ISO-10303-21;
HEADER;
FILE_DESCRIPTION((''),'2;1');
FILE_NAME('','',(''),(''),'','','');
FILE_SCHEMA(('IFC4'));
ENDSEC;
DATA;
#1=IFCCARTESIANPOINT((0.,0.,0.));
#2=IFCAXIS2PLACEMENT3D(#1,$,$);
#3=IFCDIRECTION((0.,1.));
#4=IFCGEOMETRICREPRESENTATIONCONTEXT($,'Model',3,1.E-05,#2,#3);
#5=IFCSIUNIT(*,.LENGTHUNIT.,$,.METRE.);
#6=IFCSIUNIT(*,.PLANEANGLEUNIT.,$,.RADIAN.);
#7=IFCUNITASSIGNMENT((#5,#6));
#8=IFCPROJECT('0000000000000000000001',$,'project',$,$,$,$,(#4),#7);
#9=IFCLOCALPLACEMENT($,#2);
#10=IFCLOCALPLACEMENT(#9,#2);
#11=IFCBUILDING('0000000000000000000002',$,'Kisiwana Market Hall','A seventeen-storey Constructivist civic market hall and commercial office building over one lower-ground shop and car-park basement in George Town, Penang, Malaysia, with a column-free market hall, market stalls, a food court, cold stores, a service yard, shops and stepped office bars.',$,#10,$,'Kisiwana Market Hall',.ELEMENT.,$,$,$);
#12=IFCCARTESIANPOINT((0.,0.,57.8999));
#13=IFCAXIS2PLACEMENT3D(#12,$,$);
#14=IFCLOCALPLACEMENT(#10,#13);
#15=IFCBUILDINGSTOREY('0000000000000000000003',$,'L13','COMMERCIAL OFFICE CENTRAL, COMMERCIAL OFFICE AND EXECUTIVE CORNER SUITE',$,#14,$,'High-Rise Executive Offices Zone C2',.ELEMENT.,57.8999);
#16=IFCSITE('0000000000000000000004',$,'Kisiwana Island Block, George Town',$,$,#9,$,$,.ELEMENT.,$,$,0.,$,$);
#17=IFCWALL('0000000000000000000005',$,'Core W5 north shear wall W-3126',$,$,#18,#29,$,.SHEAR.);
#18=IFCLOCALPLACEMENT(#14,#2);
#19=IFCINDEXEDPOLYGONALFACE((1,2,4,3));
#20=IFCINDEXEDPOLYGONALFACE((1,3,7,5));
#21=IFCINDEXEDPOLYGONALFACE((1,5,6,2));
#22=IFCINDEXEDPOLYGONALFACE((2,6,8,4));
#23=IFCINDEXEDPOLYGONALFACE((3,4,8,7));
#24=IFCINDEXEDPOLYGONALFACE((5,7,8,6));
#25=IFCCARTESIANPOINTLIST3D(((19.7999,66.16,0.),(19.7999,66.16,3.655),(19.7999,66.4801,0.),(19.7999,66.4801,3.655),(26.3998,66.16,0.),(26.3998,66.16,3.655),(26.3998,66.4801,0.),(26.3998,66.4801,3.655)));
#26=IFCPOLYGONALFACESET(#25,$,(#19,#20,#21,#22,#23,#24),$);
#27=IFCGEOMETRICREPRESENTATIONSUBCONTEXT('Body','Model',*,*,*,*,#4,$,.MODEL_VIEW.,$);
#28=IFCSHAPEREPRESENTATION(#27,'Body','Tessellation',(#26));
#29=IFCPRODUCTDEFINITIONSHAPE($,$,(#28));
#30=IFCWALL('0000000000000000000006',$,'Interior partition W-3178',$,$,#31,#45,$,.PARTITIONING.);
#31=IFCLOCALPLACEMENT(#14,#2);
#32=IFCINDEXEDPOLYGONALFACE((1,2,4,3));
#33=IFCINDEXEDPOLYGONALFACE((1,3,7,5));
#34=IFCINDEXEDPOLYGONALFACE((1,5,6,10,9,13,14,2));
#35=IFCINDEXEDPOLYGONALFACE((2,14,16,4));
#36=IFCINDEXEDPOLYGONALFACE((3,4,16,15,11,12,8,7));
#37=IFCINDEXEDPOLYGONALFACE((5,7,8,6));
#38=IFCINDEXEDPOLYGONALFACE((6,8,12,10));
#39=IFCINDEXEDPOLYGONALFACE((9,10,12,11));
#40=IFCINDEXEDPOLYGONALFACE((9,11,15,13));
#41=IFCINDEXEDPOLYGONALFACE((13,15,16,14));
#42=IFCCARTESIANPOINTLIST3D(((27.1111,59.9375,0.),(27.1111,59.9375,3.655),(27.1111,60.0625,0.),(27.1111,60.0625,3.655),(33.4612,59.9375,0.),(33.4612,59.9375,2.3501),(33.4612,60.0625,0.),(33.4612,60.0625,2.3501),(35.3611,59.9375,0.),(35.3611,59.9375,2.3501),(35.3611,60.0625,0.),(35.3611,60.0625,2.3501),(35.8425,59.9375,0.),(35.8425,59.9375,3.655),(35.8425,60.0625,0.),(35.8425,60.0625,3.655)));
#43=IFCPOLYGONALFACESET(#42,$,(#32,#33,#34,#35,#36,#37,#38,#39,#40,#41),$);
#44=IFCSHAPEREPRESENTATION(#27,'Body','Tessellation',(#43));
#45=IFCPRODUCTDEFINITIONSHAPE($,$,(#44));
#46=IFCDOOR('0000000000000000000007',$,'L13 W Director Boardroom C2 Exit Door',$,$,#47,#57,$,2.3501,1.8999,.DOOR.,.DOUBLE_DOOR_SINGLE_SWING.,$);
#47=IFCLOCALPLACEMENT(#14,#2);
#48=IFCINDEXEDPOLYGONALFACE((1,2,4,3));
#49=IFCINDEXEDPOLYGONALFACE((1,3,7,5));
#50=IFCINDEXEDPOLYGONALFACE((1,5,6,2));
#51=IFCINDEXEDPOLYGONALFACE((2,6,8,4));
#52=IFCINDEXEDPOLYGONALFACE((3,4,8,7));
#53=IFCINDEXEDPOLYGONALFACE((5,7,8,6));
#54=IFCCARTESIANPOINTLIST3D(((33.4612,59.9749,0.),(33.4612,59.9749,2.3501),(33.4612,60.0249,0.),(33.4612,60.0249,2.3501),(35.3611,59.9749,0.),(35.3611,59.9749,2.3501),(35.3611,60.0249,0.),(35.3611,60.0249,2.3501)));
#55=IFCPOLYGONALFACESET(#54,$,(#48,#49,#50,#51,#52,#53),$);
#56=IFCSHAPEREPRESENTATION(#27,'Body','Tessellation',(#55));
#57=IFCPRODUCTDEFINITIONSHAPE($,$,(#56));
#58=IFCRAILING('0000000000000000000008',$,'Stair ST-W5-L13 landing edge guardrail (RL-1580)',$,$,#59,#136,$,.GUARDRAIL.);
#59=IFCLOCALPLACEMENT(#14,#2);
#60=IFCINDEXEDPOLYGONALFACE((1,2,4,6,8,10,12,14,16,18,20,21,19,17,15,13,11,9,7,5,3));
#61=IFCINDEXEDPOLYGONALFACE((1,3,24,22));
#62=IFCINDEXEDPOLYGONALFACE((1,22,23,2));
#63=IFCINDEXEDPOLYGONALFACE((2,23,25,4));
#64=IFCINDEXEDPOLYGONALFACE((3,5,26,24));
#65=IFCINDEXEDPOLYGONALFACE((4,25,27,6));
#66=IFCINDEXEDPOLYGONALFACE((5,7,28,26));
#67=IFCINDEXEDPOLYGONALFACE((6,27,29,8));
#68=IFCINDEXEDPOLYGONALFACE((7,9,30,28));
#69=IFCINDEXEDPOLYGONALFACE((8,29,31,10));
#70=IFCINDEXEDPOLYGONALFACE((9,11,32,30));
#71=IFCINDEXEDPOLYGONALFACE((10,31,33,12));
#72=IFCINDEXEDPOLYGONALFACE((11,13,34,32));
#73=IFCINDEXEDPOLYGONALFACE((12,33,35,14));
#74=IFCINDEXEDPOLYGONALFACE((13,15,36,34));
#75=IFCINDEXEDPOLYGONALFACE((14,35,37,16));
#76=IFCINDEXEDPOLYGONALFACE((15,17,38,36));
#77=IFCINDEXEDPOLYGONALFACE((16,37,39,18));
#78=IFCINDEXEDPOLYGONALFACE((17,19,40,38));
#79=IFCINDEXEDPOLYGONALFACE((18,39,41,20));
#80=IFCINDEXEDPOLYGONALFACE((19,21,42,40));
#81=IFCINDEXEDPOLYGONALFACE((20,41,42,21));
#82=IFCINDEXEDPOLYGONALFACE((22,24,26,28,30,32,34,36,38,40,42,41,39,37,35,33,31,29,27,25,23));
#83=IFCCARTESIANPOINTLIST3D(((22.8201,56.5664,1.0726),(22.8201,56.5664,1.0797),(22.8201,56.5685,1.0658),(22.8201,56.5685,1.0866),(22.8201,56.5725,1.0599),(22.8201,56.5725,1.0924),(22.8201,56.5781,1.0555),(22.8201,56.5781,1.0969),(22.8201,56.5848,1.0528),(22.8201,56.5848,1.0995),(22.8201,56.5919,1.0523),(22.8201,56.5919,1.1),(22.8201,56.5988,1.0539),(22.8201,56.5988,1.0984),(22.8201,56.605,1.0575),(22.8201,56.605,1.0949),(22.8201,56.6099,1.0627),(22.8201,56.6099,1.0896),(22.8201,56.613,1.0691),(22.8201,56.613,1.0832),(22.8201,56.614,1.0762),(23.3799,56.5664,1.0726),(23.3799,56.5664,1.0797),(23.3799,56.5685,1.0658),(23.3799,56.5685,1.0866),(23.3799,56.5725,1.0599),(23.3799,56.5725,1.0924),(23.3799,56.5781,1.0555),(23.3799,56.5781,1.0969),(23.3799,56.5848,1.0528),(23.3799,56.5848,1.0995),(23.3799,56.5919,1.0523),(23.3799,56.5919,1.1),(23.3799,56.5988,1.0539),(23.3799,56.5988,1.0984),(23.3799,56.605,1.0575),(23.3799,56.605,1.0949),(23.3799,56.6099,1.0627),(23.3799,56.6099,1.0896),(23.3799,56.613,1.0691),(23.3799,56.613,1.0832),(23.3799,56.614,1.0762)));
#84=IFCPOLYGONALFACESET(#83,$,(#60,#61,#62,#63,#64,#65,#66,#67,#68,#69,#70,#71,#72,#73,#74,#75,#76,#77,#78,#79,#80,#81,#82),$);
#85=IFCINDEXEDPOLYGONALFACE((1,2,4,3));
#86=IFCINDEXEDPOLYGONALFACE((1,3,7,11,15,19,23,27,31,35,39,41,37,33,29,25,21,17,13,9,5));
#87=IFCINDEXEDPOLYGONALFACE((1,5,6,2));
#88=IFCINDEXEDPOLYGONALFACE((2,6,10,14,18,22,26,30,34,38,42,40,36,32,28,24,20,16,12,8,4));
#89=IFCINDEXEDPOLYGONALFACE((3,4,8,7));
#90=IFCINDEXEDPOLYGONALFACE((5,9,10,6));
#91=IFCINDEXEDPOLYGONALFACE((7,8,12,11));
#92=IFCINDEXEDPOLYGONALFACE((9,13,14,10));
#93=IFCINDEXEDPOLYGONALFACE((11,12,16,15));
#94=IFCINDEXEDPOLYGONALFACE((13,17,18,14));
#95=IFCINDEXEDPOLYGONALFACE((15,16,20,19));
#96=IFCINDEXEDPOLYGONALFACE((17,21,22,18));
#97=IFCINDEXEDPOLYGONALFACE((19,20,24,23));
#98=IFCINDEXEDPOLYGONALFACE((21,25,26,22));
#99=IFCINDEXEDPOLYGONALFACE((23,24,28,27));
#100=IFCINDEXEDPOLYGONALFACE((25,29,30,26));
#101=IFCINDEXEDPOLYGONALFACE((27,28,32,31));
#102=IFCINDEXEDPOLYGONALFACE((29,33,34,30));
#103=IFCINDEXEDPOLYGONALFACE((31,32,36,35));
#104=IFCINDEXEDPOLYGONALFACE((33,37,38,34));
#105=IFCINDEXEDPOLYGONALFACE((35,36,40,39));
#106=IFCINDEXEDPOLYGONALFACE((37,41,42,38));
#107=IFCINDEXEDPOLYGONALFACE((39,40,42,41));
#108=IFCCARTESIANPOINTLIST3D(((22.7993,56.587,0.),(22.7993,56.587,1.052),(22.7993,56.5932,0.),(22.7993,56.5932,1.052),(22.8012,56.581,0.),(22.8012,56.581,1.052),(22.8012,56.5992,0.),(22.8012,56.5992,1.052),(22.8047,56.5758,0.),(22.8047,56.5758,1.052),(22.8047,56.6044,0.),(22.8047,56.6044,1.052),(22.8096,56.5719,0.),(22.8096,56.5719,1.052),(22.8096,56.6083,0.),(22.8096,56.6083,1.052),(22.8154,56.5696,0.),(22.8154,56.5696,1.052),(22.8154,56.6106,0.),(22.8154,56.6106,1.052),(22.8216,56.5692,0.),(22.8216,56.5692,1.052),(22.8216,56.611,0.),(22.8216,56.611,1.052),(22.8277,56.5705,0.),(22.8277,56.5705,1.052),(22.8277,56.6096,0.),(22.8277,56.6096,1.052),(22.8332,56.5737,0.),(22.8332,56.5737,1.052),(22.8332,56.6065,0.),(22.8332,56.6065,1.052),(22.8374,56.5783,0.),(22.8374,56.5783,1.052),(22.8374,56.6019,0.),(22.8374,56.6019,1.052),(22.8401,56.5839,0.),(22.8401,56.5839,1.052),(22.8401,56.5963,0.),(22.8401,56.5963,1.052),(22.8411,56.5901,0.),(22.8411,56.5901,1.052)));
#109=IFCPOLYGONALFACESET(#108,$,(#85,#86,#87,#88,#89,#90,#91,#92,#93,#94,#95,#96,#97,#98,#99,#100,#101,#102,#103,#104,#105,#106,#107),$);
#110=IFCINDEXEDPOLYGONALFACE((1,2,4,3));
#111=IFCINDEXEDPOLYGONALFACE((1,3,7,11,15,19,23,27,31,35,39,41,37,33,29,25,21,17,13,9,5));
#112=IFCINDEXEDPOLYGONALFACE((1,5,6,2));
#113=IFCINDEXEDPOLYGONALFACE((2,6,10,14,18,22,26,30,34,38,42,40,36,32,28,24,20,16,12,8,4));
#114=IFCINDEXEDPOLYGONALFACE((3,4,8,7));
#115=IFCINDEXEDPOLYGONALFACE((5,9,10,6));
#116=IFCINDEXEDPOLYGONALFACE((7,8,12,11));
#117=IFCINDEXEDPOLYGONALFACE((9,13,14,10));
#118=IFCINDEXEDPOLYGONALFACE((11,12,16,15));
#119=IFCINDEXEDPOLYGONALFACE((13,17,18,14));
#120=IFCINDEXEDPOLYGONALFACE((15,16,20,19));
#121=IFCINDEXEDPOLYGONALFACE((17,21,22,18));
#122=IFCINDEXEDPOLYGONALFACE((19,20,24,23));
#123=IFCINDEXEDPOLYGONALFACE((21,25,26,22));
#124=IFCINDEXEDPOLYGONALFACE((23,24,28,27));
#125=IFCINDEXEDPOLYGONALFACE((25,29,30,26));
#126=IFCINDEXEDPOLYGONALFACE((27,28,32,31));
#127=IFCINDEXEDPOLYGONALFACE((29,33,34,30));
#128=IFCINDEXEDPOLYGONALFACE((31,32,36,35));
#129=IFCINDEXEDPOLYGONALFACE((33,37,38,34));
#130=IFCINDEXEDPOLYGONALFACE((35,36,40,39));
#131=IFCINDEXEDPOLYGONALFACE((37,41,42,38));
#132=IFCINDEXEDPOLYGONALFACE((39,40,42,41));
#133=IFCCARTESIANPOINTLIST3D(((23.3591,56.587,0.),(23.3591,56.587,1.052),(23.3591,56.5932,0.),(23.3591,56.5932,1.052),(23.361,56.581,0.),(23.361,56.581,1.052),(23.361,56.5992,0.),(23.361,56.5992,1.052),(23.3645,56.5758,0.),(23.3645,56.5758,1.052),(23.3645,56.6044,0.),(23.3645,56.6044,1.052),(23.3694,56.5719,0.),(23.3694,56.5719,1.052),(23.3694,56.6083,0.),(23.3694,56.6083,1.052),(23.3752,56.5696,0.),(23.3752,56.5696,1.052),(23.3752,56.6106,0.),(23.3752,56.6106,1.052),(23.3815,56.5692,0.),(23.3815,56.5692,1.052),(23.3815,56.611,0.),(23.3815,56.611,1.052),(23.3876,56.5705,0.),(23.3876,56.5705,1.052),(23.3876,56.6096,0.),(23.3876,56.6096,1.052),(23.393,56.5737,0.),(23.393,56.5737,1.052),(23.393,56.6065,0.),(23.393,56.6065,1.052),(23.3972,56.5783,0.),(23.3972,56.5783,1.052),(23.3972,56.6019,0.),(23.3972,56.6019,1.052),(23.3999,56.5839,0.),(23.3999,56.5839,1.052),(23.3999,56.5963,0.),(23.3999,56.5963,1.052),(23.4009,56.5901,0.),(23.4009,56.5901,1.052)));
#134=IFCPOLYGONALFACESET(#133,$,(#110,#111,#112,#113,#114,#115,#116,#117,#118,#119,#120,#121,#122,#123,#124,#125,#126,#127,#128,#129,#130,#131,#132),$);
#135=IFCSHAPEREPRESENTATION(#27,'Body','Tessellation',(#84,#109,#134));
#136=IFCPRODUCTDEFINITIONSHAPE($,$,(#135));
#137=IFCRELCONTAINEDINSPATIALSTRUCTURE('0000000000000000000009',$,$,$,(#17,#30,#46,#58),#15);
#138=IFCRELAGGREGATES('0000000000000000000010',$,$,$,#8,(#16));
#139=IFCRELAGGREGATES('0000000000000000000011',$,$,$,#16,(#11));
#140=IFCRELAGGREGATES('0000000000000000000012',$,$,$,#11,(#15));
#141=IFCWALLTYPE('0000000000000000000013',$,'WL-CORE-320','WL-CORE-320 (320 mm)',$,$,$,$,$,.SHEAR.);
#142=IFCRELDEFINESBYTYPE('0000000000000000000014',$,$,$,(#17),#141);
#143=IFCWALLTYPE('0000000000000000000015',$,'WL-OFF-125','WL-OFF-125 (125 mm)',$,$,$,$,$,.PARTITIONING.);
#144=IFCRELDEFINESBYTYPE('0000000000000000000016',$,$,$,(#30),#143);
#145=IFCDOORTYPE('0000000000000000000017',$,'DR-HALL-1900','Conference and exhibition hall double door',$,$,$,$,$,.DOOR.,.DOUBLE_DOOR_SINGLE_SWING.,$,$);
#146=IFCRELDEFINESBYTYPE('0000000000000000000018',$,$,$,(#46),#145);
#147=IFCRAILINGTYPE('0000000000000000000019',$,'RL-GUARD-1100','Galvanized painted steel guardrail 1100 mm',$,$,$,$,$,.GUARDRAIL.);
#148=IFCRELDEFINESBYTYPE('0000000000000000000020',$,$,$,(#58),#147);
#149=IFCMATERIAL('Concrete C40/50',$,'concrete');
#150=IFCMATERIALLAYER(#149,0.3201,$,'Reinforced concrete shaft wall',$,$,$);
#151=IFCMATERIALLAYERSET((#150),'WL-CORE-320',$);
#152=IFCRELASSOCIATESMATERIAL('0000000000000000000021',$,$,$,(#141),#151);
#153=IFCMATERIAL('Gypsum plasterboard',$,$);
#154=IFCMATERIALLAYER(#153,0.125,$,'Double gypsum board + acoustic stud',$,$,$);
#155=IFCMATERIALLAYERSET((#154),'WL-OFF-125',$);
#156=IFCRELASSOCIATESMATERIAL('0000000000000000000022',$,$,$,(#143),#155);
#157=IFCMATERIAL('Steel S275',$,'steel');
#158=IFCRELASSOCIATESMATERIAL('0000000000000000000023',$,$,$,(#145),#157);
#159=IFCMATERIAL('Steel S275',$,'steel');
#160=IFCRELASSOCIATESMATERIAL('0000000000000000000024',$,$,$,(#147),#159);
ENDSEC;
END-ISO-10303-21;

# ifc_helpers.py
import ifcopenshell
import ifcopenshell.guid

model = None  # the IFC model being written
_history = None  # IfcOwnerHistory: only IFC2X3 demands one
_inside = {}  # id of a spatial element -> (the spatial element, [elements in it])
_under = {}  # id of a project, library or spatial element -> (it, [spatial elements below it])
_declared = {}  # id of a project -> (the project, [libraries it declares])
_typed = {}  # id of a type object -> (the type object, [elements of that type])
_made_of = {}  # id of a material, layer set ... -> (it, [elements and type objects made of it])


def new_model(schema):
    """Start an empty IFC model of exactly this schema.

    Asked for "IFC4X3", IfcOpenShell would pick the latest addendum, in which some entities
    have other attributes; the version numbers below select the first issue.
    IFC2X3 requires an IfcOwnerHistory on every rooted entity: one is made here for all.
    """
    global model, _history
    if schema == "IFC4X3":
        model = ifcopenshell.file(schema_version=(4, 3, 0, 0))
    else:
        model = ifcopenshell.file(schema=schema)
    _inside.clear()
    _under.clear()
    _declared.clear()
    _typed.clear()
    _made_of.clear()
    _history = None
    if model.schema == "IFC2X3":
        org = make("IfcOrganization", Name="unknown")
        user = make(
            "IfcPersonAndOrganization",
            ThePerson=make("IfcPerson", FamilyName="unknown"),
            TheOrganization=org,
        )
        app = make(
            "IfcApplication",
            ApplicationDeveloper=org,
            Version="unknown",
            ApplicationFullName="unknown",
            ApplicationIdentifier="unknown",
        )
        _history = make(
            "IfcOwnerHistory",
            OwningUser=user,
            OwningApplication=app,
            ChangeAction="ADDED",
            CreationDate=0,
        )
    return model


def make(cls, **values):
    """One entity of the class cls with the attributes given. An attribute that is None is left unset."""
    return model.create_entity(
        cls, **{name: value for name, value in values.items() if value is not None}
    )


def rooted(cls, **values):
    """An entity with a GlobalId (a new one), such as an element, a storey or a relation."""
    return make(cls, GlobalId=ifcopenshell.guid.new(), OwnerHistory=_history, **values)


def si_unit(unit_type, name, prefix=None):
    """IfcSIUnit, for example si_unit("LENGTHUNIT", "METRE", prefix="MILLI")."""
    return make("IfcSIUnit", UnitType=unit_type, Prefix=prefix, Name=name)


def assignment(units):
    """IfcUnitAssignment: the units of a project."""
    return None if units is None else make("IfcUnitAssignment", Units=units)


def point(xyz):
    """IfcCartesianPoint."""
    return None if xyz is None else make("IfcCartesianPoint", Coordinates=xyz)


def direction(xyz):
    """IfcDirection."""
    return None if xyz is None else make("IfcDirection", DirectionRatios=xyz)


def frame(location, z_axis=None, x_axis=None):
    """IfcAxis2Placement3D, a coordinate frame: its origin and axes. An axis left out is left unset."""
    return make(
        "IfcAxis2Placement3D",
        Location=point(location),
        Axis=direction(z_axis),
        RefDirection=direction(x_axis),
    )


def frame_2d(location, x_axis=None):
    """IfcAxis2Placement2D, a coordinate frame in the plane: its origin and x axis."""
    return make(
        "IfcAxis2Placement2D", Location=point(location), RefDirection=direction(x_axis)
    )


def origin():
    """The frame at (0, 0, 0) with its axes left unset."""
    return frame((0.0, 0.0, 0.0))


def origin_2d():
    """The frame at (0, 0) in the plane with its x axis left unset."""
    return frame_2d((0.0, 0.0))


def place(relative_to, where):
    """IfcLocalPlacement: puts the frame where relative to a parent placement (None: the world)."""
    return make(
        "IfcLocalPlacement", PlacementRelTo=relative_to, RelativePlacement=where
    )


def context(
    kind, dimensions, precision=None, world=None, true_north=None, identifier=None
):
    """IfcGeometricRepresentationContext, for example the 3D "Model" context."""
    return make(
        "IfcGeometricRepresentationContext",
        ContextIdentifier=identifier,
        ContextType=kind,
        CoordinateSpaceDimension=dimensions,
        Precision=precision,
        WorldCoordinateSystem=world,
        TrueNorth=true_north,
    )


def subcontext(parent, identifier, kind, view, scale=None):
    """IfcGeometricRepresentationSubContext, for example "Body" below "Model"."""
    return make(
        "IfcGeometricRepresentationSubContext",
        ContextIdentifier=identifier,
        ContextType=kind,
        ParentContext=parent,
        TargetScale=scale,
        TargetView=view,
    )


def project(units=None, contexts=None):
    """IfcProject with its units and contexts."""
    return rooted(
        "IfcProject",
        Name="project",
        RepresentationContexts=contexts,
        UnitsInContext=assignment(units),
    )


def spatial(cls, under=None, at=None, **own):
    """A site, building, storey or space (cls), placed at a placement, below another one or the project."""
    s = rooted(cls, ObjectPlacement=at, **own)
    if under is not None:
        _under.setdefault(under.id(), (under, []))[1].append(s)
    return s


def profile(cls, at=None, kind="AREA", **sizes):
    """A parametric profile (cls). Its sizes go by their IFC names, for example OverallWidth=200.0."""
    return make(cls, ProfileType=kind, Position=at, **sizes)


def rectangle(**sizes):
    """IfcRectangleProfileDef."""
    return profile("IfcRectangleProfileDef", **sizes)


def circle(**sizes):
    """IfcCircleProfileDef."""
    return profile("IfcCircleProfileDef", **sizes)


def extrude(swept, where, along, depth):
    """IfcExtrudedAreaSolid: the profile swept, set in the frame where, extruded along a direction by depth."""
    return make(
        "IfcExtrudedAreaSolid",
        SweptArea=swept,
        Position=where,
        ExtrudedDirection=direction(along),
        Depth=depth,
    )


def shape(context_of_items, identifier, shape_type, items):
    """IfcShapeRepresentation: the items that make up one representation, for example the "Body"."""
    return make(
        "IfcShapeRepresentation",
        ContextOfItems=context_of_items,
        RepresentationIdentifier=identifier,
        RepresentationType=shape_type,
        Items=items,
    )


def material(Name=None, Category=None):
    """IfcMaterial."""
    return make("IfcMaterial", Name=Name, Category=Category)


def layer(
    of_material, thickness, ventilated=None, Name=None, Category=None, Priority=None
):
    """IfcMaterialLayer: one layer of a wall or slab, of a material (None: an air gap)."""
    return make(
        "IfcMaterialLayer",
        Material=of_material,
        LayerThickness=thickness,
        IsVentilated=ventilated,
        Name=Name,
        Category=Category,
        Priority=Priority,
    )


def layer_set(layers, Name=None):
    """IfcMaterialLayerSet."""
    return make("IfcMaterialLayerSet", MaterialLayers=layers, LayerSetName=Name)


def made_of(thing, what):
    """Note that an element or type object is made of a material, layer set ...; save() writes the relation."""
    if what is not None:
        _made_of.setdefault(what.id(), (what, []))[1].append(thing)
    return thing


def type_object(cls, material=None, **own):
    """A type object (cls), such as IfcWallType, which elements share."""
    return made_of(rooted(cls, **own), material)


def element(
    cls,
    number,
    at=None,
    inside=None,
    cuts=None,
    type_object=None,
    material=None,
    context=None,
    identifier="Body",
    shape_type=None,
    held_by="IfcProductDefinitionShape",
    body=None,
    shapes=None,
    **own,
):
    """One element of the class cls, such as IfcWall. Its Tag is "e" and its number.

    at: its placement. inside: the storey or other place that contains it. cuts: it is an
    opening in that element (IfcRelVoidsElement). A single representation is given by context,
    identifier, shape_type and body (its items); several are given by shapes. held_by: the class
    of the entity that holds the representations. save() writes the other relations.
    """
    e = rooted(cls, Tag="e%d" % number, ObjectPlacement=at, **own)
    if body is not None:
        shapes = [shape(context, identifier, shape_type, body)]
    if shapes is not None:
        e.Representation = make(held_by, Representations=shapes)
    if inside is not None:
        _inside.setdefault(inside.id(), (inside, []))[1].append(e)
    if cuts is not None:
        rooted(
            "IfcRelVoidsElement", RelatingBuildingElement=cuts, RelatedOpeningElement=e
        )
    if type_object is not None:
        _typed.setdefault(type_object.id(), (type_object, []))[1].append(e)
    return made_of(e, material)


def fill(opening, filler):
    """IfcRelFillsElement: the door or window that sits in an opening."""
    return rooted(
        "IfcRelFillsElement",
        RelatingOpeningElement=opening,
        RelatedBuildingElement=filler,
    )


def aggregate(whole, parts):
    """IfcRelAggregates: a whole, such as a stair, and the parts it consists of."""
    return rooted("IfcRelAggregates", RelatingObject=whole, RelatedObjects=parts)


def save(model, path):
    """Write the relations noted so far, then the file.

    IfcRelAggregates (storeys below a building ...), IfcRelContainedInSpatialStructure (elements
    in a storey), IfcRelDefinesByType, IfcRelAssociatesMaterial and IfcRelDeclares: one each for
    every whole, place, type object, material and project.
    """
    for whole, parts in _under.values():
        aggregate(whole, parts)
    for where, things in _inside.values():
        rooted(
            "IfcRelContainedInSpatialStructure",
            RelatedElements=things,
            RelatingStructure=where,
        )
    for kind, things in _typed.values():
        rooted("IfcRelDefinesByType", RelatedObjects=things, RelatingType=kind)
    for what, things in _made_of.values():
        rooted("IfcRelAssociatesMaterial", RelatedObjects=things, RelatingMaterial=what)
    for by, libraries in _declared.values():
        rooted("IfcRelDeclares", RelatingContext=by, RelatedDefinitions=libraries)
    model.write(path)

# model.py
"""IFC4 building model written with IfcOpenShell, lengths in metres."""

from ifc_helpers import new_model, si_unit, direction, frame, frame_2d, origin, origin_2d, place, context, subcontext, project, spatial, rectangle, circle, extrude, material, layer, layer_set, type_object, element, fill, save


model = new_model("IFC4")

# Units and contexts
model_context = context("Model", 3, precision=1e-05, world=origin(), true_north=direction((0.0, 1.0)))
body_context = subcontext(model_context, "Body", "Model", "MODEL_VIEW")
ifc_project = project(units=[si_unit("LENGTHUNIT", "METRE"), si_unit("PLANEANGLEUNIT", "RADIAN")], contexts=[model_context])

# Site, building, storey
site_placement = place(None, origin())
site = spatial("IfcSite", under=ifc_project, at=site_placement, Name="Kisiwana Island Block, George Town", CompositionType="ELEMENT", RefElevation=0.0)
building_placement = place(site_placement, origin())
building = spatial("IfcBuilding", under=site, at=building_placement, Name="Kisiwana Market Hall", Description="A seventeen-storey Constructivist civic market hall and commercial office building over one lower-ground shop and car-park basement in George Town, Penang, Malaysia, with a column-free market hall, market stalls, a food court, cold stores, a service yard, shops and stepped office bars.", LongName="Kisiwana Market Hall", CompositionType="ELEMENT")
storey_placement = place(building_placement, frame((0.0, 0.0, 57.8999)))
storey = spatial("IfcBuildingStorey", under=building, at=storey_placement, Name="L13", Description="COMMERCIAL OFFICE CENTRAL, COMMERCIAL OFFICE AND EXECUTIVE CORNER SUITE", LongName="High-Rise Executive Offices Zone C2", CompositionType="ELEMENT", Elevation=57.8999)

# Shared definitions
ifc_material_1 = material(Name="Concrete C40/50", Category="concrete")
ifc_layer_1 = layer(ifc_material_1, 0.3201, Name="Reinforced concrete shaft wall")
ifc_layer_set_1 = layer_set([ifc_layer_1], Name="WL-CORE-320")
wall_type_1 = type_object("IfcWallType", Name="WL-CORE-320", Description="WL-CORE-320 (320 mm)", PredefinedType="SHEAR", material=ifc_layer_set_1)

# Wall
wall_1_placement = place(storey_placement, frame((19.8, 66.3201, 0.0), z_axis=(0.0, 0.0, 1.0), x_axis=(1.0, 0.0, 0.0)))
element("IfcWall", 1, at=wall_1_placement, inside=storey, type_object=wall_type_1, Name="Core W5 north shear wall W-3126", PredefinedType="SHEAR", context=body_context, shape_type="SweptSolid", body=[
    extrude(rectangle(XDim=6.5999, YDim=0.3201, at=frame_2d((3.2998, 0.0))), origin(), (0.0, 0.0, 1.0), 3.655),
])

# Wall, opening, door
ifc_material_2 = material(Name="Gypsum plasterboard")
ifc_layer_2 = layer(ifc_material_2, 0.125, Name="Double gypsum board + acoustic stud")
ifc_layer_set_2 = layer_set([ifc_layer_2], Name="WL-OFF-125")
wall_type_2 = type_object("IfcWallType", Name="WL-OFF-125", Description="WL-OFF-125 (125 mm)", PredefinedType="PARTITIONING", material=ifc_layer_set_2)
wall_2_placement = place(storey_placement, frame((27.1111, 60.0, 0.0), z_axis=(0.0, 0.0, 1.0), x_axis=(1.0, 0.0, 0.0)))
wall_2 = element("IfcWall", 2, at=wall_2_placement, inside=storey, type_object=wall_type_2, Name="Interior partition W-3178", PredefinedType="PARTITIONING", context=body_context, shape_type="SweptSolid", body=[
    extrude(rectangle(XDim=8.7314, YDim=0.125, at=frame_2d((4.3657, 0.0))), origin(), (0.0, 0.0, 1.0), 3.655),
])
opening_1_placement = place(wall_2_placement, frame((6.3501, 0.0, 0.0)))
opening_1 = element("IfcOpeningElement", 3, at=opening_1_placement, cuts=wall_2, PredefinedType="OPENING", context=body_context, shape_type="SweptSolid", body=[
    extrude(rectangle(XDim=1.8999, YDim=2.3501, at=frame_2d((0.95, 1.175))), frame((0.0, 0.0745, 0.0), z_axis=(0.0, -1.0, 0.0), x_axis=(1.0, 0.0, 0.0)), (0.0, 0.0, 1.0), 0.1489),
])
ifc_material_3 = material(Name="Steel S275", Category="steel")
door_type_1 = type_object("IfcDoorType", Name="DR-HALL-1900", Description="Conference and exhibition hall double door", OperationType="DOUBLE_DOOR_SINGLE_SWING", PredefinedType="DOOR", material=ifc_material_3)
door_1_placement = place(opening_1_placement, origin())
door_1 = element("IfcDoor", 4, at=door_1_placement, inside=storey, type_object=door_type_1, Name="L13 W Director Boardroom C2 Exit Door", OperationType="DOUBLE_DOOR_SINGLE_SWING", OverallHeight=2.3501, OverallWidth=1.8999, PredefinedType="DOOR", context=body_context, shape_type="SweptSolid", body=[
    extrude(rectangle(XDim=1.8999, YDim=2.3501, at=frame_2d((0.95, 1.175))), frame((0.0, 0.0249, 0.0), z_axis=(0.0, -1.0, 0.0), x_axis=(1.0, 0.0, 0.0)), (0.0, 0.0, 1.0), 0.05),
])
fill(opening_1, door_1)

# Railing
ifc_material_4 = material(Name="Steel S275", Category="steel")
railing_type_1 = type_object("IfcRailingType", Name="RL-GUARD-1100", Description="Galvanized painted steel guardrail 1100 mm", PredefinedType="GUARDRAIL", material=ifc_material_4)
railing_1_placement = place(storey_placement, frame((22.8201, 56.5901, 0.0)))
element("IfcRailing", 5, at=railing_1_placement, inside=storey, type_object=railing_type_1, Name="Stair ST-W5-L13 landing edge guardrail (RL-1580)", PredefinedType="GUARDRAIL", context=body_context, shape_type="SweptSolid", body=[
    extrude(circle(Radius=0.0239, at=origin_2d()), frame((0.0, 0.0, 1.0762), z_axis=(1.0, 0.0, 0.0), x_axis=(0.0, 1.0, 0.0)), (0.0, 0.0, 1.0), 0.5598),
    extrude(circle(Radius=0.021, at=origin_2d()), origin(), (0.0, 0.0, 1.0), 1.052),
    extrude(circle(Radius=0.021, at=origin_2d()), frame((0.5598, 0.0, 0.0)), (0.0, 0.0, 1.0), 1.052),
])

save(model, "model.ifc")
